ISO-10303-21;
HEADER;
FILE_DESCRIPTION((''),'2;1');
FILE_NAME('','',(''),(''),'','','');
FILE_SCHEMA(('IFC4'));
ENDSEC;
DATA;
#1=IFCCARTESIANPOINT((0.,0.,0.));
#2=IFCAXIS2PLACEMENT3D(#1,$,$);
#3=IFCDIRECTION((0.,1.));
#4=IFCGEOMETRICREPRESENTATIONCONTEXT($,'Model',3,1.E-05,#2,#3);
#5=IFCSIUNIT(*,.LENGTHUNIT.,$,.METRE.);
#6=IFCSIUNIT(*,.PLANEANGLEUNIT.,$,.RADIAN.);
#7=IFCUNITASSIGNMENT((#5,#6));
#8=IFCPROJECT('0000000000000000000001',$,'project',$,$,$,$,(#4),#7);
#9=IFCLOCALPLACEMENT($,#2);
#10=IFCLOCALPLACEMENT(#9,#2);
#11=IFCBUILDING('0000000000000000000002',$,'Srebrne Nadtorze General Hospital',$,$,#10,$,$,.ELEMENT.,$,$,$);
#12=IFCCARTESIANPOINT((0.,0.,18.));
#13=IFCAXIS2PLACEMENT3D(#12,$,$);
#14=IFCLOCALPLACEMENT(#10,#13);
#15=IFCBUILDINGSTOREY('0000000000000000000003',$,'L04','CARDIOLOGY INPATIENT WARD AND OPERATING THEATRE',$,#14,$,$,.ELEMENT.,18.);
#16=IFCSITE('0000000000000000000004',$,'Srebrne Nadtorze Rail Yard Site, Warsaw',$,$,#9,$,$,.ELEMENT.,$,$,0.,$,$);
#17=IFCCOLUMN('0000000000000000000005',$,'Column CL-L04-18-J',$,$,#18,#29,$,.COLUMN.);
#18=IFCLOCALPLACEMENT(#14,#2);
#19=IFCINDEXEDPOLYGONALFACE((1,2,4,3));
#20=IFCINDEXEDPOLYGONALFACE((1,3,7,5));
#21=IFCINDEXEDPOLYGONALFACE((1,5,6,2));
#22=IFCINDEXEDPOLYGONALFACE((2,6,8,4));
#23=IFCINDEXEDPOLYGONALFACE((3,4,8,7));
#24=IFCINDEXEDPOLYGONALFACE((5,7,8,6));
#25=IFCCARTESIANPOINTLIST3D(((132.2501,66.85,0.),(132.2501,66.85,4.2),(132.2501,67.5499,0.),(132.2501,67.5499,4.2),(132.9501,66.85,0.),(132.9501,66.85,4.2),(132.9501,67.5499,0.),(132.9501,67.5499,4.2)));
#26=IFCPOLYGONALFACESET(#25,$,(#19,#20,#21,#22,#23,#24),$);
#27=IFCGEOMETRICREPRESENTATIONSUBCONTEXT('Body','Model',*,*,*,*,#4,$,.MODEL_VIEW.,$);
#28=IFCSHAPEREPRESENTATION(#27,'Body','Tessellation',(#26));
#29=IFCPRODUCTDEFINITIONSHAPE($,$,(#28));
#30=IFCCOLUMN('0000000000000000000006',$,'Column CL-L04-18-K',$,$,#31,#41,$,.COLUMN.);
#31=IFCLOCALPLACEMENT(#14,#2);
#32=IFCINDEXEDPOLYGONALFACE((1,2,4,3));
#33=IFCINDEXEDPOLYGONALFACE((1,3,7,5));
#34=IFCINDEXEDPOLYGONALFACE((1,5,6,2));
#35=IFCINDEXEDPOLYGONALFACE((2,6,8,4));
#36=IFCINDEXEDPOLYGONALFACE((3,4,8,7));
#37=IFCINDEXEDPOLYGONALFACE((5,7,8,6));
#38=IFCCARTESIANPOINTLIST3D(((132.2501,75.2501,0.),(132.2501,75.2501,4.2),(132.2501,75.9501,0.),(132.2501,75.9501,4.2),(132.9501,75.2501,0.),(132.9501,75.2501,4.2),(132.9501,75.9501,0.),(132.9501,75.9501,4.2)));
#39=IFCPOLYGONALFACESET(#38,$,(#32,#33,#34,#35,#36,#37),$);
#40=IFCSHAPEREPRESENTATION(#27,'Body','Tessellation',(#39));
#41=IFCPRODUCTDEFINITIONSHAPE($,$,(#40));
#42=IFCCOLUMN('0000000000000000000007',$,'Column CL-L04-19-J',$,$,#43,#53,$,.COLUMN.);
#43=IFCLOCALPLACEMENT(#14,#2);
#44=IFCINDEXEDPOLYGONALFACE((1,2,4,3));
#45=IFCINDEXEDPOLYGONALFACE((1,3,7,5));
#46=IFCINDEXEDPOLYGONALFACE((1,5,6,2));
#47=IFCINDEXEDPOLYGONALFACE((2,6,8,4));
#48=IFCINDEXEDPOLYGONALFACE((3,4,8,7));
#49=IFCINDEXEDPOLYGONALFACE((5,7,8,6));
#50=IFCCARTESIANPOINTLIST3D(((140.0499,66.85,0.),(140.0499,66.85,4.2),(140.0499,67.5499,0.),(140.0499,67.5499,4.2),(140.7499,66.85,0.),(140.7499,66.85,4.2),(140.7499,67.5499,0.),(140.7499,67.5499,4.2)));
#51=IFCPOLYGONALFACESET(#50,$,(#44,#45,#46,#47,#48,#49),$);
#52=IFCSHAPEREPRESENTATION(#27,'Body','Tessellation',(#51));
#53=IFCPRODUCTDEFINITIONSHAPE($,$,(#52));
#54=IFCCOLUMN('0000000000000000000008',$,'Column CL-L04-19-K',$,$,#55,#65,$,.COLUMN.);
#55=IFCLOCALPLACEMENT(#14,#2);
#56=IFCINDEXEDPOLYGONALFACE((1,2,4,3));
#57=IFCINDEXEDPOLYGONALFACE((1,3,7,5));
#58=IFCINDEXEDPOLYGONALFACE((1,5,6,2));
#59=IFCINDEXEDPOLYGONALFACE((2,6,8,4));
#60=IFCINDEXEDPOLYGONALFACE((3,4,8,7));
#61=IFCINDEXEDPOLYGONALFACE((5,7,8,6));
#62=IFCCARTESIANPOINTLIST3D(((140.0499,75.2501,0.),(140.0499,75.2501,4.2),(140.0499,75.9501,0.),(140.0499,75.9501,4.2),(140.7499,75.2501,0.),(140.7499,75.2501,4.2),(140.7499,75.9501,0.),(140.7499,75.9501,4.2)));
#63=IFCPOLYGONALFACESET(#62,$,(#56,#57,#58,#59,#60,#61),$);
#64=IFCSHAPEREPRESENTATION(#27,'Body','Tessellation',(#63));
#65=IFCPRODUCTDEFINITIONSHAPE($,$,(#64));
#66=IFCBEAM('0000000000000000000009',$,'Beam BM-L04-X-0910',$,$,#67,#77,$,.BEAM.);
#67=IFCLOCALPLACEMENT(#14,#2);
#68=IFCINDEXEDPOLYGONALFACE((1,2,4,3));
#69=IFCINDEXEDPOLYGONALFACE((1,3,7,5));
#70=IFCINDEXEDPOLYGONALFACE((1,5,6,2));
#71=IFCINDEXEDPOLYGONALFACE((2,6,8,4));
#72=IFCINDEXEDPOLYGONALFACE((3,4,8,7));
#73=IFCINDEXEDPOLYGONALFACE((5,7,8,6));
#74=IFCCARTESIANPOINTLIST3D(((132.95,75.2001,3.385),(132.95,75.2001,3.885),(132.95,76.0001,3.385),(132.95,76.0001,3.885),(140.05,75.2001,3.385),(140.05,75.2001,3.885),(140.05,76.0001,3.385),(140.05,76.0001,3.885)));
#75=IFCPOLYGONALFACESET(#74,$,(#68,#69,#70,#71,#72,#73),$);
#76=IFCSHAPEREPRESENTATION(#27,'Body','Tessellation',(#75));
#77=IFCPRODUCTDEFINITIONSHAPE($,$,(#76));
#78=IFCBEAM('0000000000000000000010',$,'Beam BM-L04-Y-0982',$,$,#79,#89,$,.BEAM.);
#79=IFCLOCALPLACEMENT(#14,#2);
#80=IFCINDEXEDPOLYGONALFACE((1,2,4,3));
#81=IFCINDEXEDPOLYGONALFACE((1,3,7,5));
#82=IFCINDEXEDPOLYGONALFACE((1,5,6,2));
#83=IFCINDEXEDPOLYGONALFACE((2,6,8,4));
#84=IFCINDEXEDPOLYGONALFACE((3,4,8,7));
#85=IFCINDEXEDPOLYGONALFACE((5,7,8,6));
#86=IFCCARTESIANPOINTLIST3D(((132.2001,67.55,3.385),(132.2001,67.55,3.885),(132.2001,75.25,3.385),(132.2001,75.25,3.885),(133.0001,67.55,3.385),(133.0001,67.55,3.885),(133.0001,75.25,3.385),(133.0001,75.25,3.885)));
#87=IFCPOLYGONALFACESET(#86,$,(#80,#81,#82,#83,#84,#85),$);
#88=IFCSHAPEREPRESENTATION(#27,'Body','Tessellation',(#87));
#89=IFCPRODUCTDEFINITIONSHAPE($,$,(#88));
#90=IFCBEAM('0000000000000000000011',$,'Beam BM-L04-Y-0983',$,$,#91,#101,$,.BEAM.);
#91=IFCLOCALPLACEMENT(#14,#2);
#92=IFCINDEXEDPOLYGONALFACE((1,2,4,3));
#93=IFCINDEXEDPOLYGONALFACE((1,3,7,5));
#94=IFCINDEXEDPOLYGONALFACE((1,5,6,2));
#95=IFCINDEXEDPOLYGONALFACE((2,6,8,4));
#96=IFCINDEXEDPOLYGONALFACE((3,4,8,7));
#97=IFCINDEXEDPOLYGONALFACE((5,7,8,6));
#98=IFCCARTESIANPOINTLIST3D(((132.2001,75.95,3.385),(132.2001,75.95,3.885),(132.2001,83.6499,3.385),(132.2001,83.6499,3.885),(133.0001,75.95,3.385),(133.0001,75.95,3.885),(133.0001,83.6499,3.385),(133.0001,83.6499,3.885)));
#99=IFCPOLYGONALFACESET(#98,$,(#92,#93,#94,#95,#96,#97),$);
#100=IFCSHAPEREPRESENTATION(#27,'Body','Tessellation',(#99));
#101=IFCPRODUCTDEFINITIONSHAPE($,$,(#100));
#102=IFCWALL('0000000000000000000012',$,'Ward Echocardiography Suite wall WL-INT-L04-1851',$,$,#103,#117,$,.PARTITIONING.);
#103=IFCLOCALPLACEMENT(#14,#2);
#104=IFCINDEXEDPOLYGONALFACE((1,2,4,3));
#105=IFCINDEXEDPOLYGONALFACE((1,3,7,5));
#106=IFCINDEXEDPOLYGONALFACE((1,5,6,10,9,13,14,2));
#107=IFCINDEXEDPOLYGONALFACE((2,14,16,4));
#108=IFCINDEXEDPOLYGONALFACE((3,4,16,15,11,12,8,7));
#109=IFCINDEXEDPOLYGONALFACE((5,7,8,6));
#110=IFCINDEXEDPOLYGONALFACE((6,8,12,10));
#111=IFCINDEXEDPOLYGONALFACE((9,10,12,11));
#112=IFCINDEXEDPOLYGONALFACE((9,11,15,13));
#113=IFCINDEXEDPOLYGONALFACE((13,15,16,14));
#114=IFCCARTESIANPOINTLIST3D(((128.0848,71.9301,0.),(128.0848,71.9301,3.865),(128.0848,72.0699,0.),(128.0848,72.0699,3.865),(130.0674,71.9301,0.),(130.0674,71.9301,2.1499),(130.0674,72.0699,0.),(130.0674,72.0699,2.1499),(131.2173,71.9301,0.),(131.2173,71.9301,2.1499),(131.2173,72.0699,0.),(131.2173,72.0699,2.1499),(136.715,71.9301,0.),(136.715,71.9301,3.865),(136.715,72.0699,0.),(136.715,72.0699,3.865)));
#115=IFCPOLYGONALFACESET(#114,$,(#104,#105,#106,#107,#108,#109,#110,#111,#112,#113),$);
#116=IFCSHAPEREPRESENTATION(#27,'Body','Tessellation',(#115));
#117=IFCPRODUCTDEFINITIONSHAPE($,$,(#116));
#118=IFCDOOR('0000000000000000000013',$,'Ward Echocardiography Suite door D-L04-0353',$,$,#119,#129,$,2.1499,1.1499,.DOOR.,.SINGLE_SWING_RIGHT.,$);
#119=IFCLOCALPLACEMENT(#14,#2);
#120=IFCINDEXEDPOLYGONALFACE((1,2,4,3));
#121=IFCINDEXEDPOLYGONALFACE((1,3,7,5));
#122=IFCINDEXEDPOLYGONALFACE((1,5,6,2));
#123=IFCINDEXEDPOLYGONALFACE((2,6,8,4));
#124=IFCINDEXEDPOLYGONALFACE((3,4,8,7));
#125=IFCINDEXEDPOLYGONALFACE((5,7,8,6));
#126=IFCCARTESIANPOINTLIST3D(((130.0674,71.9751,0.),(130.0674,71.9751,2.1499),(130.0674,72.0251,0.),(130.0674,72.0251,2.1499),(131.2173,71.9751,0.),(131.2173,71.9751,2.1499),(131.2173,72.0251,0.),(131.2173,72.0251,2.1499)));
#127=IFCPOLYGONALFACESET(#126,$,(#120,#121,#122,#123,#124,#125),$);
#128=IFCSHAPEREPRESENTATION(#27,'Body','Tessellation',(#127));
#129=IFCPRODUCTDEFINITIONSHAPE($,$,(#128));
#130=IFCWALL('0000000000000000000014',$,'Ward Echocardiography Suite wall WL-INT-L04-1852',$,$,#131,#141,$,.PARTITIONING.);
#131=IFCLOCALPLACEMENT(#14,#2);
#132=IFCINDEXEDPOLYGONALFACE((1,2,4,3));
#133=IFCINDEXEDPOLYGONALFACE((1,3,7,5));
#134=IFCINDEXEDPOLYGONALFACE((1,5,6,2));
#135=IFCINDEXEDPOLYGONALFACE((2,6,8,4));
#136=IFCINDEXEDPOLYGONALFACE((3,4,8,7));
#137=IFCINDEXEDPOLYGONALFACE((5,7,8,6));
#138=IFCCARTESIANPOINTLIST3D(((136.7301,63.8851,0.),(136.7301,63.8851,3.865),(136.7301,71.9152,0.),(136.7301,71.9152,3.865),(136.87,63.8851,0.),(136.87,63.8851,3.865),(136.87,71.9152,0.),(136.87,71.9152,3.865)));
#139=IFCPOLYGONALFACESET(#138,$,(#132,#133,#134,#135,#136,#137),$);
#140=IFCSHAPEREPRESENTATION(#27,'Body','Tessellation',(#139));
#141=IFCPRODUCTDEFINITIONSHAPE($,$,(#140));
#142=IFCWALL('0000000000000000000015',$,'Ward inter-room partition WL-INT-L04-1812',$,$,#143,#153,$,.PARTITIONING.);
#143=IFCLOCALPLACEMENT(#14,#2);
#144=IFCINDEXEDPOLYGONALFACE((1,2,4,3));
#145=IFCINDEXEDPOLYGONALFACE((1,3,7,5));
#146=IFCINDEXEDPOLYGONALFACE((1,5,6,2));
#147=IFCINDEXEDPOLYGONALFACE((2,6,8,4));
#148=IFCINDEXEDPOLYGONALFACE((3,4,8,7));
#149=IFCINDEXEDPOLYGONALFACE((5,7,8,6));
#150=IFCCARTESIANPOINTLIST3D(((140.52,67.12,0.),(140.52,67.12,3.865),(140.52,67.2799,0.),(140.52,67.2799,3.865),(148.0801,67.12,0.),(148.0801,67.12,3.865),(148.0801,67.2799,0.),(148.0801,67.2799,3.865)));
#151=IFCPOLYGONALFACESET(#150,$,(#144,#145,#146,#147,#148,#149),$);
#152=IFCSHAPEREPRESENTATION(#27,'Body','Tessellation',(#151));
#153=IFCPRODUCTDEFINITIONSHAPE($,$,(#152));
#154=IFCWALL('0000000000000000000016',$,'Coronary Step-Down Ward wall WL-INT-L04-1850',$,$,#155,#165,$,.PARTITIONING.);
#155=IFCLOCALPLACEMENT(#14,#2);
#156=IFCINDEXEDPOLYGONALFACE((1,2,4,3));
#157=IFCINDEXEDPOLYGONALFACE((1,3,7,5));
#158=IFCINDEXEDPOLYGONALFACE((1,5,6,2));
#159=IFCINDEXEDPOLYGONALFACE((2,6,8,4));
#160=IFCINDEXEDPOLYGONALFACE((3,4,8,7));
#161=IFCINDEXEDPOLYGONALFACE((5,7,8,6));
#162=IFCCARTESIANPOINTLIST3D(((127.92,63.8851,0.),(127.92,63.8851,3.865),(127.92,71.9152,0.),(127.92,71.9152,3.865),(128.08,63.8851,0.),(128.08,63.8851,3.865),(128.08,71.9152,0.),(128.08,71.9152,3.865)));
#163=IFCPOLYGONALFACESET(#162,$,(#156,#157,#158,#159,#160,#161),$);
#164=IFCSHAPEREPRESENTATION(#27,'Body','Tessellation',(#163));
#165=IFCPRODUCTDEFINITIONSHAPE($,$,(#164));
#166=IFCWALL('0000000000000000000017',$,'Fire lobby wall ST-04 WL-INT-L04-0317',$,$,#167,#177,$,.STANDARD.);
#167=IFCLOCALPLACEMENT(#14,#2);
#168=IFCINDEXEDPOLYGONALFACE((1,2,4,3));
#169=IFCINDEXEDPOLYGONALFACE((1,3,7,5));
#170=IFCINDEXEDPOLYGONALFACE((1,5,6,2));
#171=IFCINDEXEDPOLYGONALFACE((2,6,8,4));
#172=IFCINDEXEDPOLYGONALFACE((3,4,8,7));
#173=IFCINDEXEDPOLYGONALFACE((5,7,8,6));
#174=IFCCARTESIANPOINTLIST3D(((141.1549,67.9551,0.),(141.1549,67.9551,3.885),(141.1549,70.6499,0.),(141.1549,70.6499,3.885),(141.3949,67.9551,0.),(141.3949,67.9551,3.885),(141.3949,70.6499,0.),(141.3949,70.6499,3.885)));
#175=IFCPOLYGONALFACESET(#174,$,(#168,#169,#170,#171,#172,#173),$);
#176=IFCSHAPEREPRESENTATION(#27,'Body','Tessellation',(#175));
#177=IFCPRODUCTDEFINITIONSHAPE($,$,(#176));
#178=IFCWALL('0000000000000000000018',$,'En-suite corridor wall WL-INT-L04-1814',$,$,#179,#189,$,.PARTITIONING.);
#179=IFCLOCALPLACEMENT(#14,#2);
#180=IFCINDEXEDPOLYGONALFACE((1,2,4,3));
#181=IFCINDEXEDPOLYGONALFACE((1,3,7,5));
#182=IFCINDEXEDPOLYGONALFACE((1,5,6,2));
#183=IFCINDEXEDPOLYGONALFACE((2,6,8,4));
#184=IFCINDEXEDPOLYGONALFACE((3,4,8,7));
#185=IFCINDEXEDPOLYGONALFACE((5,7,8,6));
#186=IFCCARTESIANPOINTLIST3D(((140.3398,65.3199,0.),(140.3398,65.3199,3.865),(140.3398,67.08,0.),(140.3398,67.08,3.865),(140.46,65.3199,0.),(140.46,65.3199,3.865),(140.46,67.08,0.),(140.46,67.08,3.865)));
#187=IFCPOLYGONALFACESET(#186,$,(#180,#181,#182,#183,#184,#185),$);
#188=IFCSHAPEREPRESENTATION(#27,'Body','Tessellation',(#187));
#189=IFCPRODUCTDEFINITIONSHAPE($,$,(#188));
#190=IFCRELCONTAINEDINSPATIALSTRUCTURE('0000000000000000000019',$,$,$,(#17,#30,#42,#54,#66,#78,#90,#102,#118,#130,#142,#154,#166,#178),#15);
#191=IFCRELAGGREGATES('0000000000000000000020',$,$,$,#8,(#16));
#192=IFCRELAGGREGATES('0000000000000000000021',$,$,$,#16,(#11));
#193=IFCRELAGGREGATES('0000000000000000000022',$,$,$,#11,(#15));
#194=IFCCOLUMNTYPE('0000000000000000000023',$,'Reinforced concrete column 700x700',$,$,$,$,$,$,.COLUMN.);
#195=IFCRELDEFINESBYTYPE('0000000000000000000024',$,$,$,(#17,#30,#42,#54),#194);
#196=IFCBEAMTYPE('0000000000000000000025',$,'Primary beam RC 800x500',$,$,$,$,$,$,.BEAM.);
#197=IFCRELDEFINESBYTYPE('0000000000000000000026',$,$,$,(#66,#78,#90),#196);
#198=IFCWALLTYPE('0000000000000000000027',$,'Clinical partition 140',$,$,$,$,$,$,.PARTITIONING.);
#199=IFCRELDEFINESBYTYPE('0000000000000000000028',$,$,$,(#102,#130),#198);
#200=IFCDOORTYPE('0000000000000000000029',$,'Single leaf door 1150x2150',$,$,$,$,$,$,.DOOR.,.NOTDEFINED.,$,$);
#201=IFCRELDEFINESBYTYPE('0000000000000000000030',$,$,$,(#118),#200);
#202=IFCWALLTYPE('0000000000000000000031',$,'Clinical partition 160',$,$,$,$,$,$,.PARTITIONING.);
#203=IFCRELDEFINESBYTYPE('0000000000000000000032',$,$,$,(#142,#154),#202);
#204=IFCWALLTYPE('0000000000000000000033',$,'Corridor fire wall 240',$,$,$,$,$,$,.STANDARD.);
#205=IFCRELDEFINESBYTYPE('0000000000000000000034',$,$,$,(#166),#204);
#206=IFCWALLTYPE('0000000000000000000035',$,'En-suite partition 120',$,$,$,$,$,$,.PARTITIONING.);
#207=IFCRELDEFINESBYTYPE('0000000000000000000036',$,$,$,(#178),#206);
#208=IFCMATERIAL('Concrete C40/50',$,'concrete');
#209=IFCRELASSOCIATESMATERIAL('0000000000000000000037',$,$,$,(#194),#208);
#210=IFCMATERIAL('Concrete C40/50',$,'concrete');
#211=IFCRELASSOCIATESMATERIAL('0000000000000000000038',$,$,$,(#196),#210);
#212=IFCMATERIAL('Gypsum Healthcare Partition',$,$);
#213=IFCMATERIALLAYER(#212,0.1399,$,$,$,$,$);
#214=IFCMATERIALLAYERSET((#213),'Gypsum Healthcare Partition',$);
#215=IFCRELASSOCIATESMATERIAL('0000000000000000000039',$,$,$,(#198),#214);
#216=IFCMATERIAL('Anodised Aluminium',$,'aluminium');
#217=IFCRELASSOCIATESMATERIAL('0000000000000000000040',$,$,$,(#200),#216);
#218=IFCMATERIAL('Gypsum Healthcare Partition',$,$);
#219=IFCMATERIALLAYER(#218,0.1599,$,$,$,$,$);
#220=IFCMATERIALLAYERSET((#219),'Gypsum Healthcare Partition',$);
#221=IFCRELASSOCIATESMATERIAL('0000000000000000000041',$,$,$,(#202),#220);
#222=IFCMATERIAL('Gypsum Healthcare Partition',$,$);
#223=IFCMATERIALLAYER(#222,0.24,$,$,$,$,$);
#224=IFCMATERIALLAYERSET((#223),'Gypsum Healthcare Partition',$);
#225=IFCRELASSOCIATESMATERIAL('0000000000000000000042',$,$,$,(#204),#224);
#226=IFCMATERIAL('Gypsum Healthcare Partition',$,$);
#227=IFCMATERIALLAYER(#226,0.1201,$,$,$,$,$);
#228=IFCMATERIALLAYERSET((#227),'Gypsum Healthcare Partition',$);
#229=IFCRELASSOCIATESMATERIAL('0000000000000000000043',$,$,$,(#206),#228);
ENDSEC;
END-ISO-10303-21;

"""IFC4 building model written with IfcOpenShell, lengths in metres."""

from ifc_helpers import new_model, si_unit, direction, frame, frame_2d, origin, origin_2d, place, context, subcontext, project, spatial, rectangle, extrude, material, layer, layer_set, material_profile, profile_set, type_object, element, fill, save


model = new_model("IFC4")

# Units and contexts
model_context = context("Model", 3, precision=1e-05, world=origin(), true_north=direction((0.0, 1.0)))
body_context = subcontext(model_context, "Body", "Model", "MODEL_VIEW")
ifc_project = project(units=[si_unit("LENGTHUNIT", "METRE"), si_unit("PLANEANGLEUNIT", "RADIAN")], contexts=[model_context])

# Site, building, storey
site_placement = place(None, origin())
site = spatial("IfcSite", under=ifc_project, at=site_placement, Name="Srebrne Nadtorze Rail Yard Site, Warsaw", CompositionType="ELEMENT", RefElevation=0.0)
building_placement = place(site_placement, origin())
building = spatial("IfcBuilding", under=site, at=building_placement, Name="Srebrne Nadtorze General Hospital", CompositionType="ELEMENT")
storey_placement = place(building_placement, frame((0.0, 0.0, 18.0)))
storey = spatial("IfcBuildingStorey", under=building, at=storey_placement, Name="L04", Description="CARDIOLOGY INPATIENT WARD AND OPERATING THEATRE", CompositionType="ELEMENT", Elevation=18.0)

# Columns
ifc_material_1 = material(Name="Concrete C40/50", Category="concrete")
ifc_material_profile_1 = material_profile(ifc_material_1, rectangle(XDim=0.7, YDim=0.7, at=origin_2d()), Name="RC-COL-700x700")
ifc_profile_set_1 = profile_set([ifc_material_profile_1], Name="Concrete C40/50")
column_type = type_object("IfcColumnType", Name="Reinforced concrete column 700x700", PredefinedType="COLUMN", material=ifc_profile_set_1)
for number, where, z_axis, x_axis, name in (
    (1, (132.6001, 67.2, 0.0), (0.0, 0.0, 1.0), (1.0, 0.0, 0.0), "Column CL-L04-18-J"),
    (2, (132.6001, 75.6001, 0.0), (0.0, 0.0, 1.0), (1.0, 0.0, 0.0), "Column CL-L04-18-K"),
    (3, (140.3999, 67.2, 0.0), (0.0, 0.0, 1.0), (1.0, 0.0, 0.0), "Column CL-L04-19-J"),
    (4, (140.3999, 75.6001, 0.0), (0.0, 0.0, 1.0), (1.0, 0.0, 0.0), "Column CL-L04-19-K"),
):
    element("IfcColumn", number, at=place(storey_placement, frame(where, z_axis=z_axis, x_axis=x_axis)), inside=storey, type_object=column_type, Name=name, PredefinedType="COLUMN", context=body_context, shape_type="SweptSolid", body=[
        extrude(rectangle(XDim=0.7, YDim=0.7, at=origin_2d()), origin(), (0.0, 0.0, 1.0), 4.2),
    ])

# Beams
ifc_material_2 = material(Name="Concrete C40/50", Category="concrete")
ifc_material_profile_2 = material_profile(ifc_material_2, rectangle(XDim=0.8, YDim=0.5, at=origin_2d()), Name="RC-BM-800x500")
ifc_profile_set_2 = profile_set([ifc_material_profile_2], Name="Concrete C40/50")
beam_type = type_object("IfcBeamType", Name="Primary beam RC 800x500", PredefinedType="BEAM", material=ifc_profile_set_2)
beam_placement = place(storey_placement, frame((132.95, 75.6001, 3.635), z_axis=(1.0, 0.0, 0.0), x_axis=(0.0, 1.0, 0.0)))
element("IfcBeam", 5, at=beam_placement, inside=storey, type_object=beam_type, Name="Beam BM-L04-X-0910", PredefinedType="BEAM", context=body_context, shape_type="SweptSolid", body=[
    extrude(rectangle(XDim=0.8, YDim=0.5, at=origin_2d()), origin(), (0.0, 0.0, 1.0), 7.1001),
])
for number, where, z_axis, x_axis, name in (
    (6, (132.6001, 67.55, 3.635), (0.0, 1.0, 0.0), (-1.0, 0.0, 0.0), "Beam BM-L04-Y-0982"),
    (7, (132.6001, 75.95, 3.635), (0.0, 1.0, 0.0), (-1.0, 0.0, 0.0), "Beam BM-L04-Y-0983"),
):
    element("IfcBeam", number, at=place(storey_placement, frame(where, z_axis=z_axis, x_axis=x_axis)), inside=storey, type_object=beam_type, Name=name, PredefinedType="BEAM", context=body_context, shape_type="SweptSolid", body=[
        extrude(rectangle(XDim=0.8, YDim=0.5, at=origin_2d()), origin(), (0.0, 0.0, 1.0), 7.7),
    ])

# Wall, opening, door
ifc_material_3 = material(Name="Gypsum Healthcare Partition")
ifc_layer_1 = layer(ifc_material_3, 0.1399)
ifc_layer_set_1 = layer_set([ifc_layer_1], Name="Gypsum Healthcare Partition")
wall_type_1 = type_object("IfcWallType", Name="Clinical partition 140", PredefinedType="PARTITIONING", material=ifc_layer_set_1)
wall_1_placement = place(storey_placement, frame((128.085, 72.0, 0.0), z_axis=(0.0, 0.0, 1.0), x_axis=(1.0, 0.0, 0.0)))
wall_1 = element("IfcWall", 8, at=wall_1_placement, inside=storey, type_object=wall_type_1, Name="Ward Echocardiography Suite wall WL-INT-L04-1851", PredefinedType="PARTITIONING", context=body_context, shape_type="SweptSolid", body=[
    extrude(rectangle(XDim=8.6301, YDim=0.1399, at=frame_2d((4.3149, 0.0))), origin(), (0.0, 0.0, 1.0), 3.865),
])
opening_placement = place(wall_1_placement, frame((1.9824, 0.0, 0.0)))
opening = element("IfcOpeningElement", 9, at=opening_placement, cuts=wall_1, PredefinedType="OPENING", context=body_context, shape_type="SweptSolid", body=[
    extrude(rectangle(XDim=1.1499, YDim=2.1499, at=frame_2d((0.575, 1.075))), frame((0.0, 0.082, 0.0), z_axis=(0.0, -1.0, 0.0), x_axis=(1.0, 0.0, 0.0)), (0.0, 0.0, 1.0), 0.1638),
])
ifc_material_4 = material(Name="Anodised Aluminium", Category="aluminium")
door_type = type_object("IfcDoorType", Name="Single leaf door 1150x2150", OperationType="NOTDEFINED", PredefinedType="DOOR", material=ifc_material_4)
door_placement = place(opening_placement, frame((1.1499, 0.0, 0.0), z_axis=(0.0, 0.0, 1.0), x_axis=(-1.0, 0.0, 0.0)))
door = element("IfcDoor", 10, at=door_placement, inside=storey, type_object=door_type, Name="Ward Echocardiography Suite door D-L04-0353", OperationType="SINGLE_SWING_RIGHT", OverallHeight=2.1499, OverallWidth=1.1499, PredefinedType="DOOR", context=body_context, shape_type="SweptSolid", body=[
    extrude(rectangle(XDim=1.1499, YDim=2.1499, at=frame_2d((0.575, 1.075))), frame((0.0, 0.0249, 0.0), z_axis=(0.0, -1.0, 0.0), x_axis=(1.0, 0.0, 0.0)), (0.0, 0.0, 1.0), 0.05),
])
fill(opening, door)

# Walls
wall_2_placement = place(storey_placement, frame((136.8, 63.885, 0.0), z_axis=(0.0, 0.0, 1.0), x_axis=(0.0, 1.0, 0.0)))
element("IfcWall", 11, at=wall_2_placement, inside=storey, type_object=wall_type_1, Name="Ward Echocardiography Suite wall WL-INT-L04-1852", PredefinedType="PARTITIONING", context=body_context, shape_type="SweptSolid", body=[
    extrude(rectangle(XDim=8.03, YDim=0.1399, at=frame_2d((4.0151, 0.0))), origin(), (0.0, 0.0, 1.0), 3.865),
])
ifc_material_5 = material(Name="Gypsum Healthcare Partition")
ifc_layer_2 = layer(ifc_material_5, 0.1599)
ifc_layer_set_2 = layer_set([ifc_layer_2], Name="Gypsum Healthcare Partition")
wall_type_2 = type_object("IfcWallType", Name="Clinical partition 160", PredefinedType="PARTITIONING", material=ifc_layer_set_2)
wall_3_placement = place(storey_placement, frame((140.52, 67.2, 0.0), z_axis=(0.0, 0.0, 1.0), x_axis=(1.0, 0.0, 0.0)))
element("IfcWall", 12, at=wall_3_placement, inside=storey, type_object=wall_type_2, Name="Ward inter-room partition WL-INT-L04-1812", PredefinedType="PARTITIONING", context=body_context, shape_type="SweptSolid", body=[
    extrude(rectangle(XDim=7.5601, YDim=0.1599, at=frame_2d((3.78, 0.0))), origin(), (0.0, 0.0, 1.0), 3.865),
])
wall_4_placement = place(storey_placement, frame((128.0, 63.885, 0.0), z_axis=(0.0, 0.0, 1.0), x_axis=(0.0, 1.0, 0.0)))
element("IfcWall", 13, at=wall_4_placement, inside=storey, type_object=wall_type_2, Name="Coronary Step-Down Ward wall WL-INT-L04-1850", PredefinedType="PARTITIONING", context=body_context, shape_type="SweptSolid", body=[
    extrude(rectangle(XDim=8.03, YDim=0.1599, at=frame_2d((4.0151, 0.0))), origin(), (0.0, 0.0, 1.0), 3.865),
])
ifc_material_6 = material(Name="Gypsum Healthcare Partition")
ifc_layer_3 = layer(ifc_material_6, 0.24)
ifc_layer_set_3 = layer_set([ifc_layer_3], Name="Gypsum Healthcare Partition")
wall_type_3 = type_object("IfcWallType", Name="Corridor fire wall 240", PredefinedType="STANDARD", material=ifc_layer_set_3)
wall_5_placement = place(storey_placement, frame((141.2749, 67.9551, 0.0), z_axis=(0.0, 0.0, 1.0), x_axis=(0.0, 1.0, 0.0)))
element("IfcWall", 14, at=wall_5_placement, inside=storey, type_object=wall_type_3, Name="Fire lobby wall ST-04 WL-INT-L04-0317", PredefinedType="STANDARD", context=body_context, shape_type="SweptSolid", body=[
    extrude(rectangle(XDim=2.6948, YDim=0.24, at=frame_2d((1.3474, 0.0))), origin(), (0.0, 0.0, 1.0), 3.885),
])
ifc_material_7 = material(Name="Gypsum Healthcare Partition")
ifc_layer_4 = layer(ifc_material_7, 0.1201)
ifc_layer_set_4 = layer_set([ifc_layer_4], Name="Gypsum Healthcare Partition")
wall_type_4 = type_object("IfcWallType", Name="En-suite partition 120", PredefinedType="PARTITIONING", material=ifc_layer_set_4)
wall_6_placement = place(storey_placement, frame((140.3999, 65.3201, 0.0), z_axis=(0.0, 0.0, 1.0), x_axis=(0.0, 1.0, 0.0)))
element("IfcWall", 15, at=wall_6_placement, inside=storey, type_object=wall_type_4, Name="En-suite corridor wall WL-INT-L04-1814", PredefinedType="PARTITIONING", context=body_context, shape_type="SweptSolid", body=[
    extrude(rectangle(XDim=1.76, YDim=0.1201, at=frame_2d((0.8799, 0.0))), origin(), (0.0, 0.0, 1.0), 3.865),
])

save(model, "model.ifc")
